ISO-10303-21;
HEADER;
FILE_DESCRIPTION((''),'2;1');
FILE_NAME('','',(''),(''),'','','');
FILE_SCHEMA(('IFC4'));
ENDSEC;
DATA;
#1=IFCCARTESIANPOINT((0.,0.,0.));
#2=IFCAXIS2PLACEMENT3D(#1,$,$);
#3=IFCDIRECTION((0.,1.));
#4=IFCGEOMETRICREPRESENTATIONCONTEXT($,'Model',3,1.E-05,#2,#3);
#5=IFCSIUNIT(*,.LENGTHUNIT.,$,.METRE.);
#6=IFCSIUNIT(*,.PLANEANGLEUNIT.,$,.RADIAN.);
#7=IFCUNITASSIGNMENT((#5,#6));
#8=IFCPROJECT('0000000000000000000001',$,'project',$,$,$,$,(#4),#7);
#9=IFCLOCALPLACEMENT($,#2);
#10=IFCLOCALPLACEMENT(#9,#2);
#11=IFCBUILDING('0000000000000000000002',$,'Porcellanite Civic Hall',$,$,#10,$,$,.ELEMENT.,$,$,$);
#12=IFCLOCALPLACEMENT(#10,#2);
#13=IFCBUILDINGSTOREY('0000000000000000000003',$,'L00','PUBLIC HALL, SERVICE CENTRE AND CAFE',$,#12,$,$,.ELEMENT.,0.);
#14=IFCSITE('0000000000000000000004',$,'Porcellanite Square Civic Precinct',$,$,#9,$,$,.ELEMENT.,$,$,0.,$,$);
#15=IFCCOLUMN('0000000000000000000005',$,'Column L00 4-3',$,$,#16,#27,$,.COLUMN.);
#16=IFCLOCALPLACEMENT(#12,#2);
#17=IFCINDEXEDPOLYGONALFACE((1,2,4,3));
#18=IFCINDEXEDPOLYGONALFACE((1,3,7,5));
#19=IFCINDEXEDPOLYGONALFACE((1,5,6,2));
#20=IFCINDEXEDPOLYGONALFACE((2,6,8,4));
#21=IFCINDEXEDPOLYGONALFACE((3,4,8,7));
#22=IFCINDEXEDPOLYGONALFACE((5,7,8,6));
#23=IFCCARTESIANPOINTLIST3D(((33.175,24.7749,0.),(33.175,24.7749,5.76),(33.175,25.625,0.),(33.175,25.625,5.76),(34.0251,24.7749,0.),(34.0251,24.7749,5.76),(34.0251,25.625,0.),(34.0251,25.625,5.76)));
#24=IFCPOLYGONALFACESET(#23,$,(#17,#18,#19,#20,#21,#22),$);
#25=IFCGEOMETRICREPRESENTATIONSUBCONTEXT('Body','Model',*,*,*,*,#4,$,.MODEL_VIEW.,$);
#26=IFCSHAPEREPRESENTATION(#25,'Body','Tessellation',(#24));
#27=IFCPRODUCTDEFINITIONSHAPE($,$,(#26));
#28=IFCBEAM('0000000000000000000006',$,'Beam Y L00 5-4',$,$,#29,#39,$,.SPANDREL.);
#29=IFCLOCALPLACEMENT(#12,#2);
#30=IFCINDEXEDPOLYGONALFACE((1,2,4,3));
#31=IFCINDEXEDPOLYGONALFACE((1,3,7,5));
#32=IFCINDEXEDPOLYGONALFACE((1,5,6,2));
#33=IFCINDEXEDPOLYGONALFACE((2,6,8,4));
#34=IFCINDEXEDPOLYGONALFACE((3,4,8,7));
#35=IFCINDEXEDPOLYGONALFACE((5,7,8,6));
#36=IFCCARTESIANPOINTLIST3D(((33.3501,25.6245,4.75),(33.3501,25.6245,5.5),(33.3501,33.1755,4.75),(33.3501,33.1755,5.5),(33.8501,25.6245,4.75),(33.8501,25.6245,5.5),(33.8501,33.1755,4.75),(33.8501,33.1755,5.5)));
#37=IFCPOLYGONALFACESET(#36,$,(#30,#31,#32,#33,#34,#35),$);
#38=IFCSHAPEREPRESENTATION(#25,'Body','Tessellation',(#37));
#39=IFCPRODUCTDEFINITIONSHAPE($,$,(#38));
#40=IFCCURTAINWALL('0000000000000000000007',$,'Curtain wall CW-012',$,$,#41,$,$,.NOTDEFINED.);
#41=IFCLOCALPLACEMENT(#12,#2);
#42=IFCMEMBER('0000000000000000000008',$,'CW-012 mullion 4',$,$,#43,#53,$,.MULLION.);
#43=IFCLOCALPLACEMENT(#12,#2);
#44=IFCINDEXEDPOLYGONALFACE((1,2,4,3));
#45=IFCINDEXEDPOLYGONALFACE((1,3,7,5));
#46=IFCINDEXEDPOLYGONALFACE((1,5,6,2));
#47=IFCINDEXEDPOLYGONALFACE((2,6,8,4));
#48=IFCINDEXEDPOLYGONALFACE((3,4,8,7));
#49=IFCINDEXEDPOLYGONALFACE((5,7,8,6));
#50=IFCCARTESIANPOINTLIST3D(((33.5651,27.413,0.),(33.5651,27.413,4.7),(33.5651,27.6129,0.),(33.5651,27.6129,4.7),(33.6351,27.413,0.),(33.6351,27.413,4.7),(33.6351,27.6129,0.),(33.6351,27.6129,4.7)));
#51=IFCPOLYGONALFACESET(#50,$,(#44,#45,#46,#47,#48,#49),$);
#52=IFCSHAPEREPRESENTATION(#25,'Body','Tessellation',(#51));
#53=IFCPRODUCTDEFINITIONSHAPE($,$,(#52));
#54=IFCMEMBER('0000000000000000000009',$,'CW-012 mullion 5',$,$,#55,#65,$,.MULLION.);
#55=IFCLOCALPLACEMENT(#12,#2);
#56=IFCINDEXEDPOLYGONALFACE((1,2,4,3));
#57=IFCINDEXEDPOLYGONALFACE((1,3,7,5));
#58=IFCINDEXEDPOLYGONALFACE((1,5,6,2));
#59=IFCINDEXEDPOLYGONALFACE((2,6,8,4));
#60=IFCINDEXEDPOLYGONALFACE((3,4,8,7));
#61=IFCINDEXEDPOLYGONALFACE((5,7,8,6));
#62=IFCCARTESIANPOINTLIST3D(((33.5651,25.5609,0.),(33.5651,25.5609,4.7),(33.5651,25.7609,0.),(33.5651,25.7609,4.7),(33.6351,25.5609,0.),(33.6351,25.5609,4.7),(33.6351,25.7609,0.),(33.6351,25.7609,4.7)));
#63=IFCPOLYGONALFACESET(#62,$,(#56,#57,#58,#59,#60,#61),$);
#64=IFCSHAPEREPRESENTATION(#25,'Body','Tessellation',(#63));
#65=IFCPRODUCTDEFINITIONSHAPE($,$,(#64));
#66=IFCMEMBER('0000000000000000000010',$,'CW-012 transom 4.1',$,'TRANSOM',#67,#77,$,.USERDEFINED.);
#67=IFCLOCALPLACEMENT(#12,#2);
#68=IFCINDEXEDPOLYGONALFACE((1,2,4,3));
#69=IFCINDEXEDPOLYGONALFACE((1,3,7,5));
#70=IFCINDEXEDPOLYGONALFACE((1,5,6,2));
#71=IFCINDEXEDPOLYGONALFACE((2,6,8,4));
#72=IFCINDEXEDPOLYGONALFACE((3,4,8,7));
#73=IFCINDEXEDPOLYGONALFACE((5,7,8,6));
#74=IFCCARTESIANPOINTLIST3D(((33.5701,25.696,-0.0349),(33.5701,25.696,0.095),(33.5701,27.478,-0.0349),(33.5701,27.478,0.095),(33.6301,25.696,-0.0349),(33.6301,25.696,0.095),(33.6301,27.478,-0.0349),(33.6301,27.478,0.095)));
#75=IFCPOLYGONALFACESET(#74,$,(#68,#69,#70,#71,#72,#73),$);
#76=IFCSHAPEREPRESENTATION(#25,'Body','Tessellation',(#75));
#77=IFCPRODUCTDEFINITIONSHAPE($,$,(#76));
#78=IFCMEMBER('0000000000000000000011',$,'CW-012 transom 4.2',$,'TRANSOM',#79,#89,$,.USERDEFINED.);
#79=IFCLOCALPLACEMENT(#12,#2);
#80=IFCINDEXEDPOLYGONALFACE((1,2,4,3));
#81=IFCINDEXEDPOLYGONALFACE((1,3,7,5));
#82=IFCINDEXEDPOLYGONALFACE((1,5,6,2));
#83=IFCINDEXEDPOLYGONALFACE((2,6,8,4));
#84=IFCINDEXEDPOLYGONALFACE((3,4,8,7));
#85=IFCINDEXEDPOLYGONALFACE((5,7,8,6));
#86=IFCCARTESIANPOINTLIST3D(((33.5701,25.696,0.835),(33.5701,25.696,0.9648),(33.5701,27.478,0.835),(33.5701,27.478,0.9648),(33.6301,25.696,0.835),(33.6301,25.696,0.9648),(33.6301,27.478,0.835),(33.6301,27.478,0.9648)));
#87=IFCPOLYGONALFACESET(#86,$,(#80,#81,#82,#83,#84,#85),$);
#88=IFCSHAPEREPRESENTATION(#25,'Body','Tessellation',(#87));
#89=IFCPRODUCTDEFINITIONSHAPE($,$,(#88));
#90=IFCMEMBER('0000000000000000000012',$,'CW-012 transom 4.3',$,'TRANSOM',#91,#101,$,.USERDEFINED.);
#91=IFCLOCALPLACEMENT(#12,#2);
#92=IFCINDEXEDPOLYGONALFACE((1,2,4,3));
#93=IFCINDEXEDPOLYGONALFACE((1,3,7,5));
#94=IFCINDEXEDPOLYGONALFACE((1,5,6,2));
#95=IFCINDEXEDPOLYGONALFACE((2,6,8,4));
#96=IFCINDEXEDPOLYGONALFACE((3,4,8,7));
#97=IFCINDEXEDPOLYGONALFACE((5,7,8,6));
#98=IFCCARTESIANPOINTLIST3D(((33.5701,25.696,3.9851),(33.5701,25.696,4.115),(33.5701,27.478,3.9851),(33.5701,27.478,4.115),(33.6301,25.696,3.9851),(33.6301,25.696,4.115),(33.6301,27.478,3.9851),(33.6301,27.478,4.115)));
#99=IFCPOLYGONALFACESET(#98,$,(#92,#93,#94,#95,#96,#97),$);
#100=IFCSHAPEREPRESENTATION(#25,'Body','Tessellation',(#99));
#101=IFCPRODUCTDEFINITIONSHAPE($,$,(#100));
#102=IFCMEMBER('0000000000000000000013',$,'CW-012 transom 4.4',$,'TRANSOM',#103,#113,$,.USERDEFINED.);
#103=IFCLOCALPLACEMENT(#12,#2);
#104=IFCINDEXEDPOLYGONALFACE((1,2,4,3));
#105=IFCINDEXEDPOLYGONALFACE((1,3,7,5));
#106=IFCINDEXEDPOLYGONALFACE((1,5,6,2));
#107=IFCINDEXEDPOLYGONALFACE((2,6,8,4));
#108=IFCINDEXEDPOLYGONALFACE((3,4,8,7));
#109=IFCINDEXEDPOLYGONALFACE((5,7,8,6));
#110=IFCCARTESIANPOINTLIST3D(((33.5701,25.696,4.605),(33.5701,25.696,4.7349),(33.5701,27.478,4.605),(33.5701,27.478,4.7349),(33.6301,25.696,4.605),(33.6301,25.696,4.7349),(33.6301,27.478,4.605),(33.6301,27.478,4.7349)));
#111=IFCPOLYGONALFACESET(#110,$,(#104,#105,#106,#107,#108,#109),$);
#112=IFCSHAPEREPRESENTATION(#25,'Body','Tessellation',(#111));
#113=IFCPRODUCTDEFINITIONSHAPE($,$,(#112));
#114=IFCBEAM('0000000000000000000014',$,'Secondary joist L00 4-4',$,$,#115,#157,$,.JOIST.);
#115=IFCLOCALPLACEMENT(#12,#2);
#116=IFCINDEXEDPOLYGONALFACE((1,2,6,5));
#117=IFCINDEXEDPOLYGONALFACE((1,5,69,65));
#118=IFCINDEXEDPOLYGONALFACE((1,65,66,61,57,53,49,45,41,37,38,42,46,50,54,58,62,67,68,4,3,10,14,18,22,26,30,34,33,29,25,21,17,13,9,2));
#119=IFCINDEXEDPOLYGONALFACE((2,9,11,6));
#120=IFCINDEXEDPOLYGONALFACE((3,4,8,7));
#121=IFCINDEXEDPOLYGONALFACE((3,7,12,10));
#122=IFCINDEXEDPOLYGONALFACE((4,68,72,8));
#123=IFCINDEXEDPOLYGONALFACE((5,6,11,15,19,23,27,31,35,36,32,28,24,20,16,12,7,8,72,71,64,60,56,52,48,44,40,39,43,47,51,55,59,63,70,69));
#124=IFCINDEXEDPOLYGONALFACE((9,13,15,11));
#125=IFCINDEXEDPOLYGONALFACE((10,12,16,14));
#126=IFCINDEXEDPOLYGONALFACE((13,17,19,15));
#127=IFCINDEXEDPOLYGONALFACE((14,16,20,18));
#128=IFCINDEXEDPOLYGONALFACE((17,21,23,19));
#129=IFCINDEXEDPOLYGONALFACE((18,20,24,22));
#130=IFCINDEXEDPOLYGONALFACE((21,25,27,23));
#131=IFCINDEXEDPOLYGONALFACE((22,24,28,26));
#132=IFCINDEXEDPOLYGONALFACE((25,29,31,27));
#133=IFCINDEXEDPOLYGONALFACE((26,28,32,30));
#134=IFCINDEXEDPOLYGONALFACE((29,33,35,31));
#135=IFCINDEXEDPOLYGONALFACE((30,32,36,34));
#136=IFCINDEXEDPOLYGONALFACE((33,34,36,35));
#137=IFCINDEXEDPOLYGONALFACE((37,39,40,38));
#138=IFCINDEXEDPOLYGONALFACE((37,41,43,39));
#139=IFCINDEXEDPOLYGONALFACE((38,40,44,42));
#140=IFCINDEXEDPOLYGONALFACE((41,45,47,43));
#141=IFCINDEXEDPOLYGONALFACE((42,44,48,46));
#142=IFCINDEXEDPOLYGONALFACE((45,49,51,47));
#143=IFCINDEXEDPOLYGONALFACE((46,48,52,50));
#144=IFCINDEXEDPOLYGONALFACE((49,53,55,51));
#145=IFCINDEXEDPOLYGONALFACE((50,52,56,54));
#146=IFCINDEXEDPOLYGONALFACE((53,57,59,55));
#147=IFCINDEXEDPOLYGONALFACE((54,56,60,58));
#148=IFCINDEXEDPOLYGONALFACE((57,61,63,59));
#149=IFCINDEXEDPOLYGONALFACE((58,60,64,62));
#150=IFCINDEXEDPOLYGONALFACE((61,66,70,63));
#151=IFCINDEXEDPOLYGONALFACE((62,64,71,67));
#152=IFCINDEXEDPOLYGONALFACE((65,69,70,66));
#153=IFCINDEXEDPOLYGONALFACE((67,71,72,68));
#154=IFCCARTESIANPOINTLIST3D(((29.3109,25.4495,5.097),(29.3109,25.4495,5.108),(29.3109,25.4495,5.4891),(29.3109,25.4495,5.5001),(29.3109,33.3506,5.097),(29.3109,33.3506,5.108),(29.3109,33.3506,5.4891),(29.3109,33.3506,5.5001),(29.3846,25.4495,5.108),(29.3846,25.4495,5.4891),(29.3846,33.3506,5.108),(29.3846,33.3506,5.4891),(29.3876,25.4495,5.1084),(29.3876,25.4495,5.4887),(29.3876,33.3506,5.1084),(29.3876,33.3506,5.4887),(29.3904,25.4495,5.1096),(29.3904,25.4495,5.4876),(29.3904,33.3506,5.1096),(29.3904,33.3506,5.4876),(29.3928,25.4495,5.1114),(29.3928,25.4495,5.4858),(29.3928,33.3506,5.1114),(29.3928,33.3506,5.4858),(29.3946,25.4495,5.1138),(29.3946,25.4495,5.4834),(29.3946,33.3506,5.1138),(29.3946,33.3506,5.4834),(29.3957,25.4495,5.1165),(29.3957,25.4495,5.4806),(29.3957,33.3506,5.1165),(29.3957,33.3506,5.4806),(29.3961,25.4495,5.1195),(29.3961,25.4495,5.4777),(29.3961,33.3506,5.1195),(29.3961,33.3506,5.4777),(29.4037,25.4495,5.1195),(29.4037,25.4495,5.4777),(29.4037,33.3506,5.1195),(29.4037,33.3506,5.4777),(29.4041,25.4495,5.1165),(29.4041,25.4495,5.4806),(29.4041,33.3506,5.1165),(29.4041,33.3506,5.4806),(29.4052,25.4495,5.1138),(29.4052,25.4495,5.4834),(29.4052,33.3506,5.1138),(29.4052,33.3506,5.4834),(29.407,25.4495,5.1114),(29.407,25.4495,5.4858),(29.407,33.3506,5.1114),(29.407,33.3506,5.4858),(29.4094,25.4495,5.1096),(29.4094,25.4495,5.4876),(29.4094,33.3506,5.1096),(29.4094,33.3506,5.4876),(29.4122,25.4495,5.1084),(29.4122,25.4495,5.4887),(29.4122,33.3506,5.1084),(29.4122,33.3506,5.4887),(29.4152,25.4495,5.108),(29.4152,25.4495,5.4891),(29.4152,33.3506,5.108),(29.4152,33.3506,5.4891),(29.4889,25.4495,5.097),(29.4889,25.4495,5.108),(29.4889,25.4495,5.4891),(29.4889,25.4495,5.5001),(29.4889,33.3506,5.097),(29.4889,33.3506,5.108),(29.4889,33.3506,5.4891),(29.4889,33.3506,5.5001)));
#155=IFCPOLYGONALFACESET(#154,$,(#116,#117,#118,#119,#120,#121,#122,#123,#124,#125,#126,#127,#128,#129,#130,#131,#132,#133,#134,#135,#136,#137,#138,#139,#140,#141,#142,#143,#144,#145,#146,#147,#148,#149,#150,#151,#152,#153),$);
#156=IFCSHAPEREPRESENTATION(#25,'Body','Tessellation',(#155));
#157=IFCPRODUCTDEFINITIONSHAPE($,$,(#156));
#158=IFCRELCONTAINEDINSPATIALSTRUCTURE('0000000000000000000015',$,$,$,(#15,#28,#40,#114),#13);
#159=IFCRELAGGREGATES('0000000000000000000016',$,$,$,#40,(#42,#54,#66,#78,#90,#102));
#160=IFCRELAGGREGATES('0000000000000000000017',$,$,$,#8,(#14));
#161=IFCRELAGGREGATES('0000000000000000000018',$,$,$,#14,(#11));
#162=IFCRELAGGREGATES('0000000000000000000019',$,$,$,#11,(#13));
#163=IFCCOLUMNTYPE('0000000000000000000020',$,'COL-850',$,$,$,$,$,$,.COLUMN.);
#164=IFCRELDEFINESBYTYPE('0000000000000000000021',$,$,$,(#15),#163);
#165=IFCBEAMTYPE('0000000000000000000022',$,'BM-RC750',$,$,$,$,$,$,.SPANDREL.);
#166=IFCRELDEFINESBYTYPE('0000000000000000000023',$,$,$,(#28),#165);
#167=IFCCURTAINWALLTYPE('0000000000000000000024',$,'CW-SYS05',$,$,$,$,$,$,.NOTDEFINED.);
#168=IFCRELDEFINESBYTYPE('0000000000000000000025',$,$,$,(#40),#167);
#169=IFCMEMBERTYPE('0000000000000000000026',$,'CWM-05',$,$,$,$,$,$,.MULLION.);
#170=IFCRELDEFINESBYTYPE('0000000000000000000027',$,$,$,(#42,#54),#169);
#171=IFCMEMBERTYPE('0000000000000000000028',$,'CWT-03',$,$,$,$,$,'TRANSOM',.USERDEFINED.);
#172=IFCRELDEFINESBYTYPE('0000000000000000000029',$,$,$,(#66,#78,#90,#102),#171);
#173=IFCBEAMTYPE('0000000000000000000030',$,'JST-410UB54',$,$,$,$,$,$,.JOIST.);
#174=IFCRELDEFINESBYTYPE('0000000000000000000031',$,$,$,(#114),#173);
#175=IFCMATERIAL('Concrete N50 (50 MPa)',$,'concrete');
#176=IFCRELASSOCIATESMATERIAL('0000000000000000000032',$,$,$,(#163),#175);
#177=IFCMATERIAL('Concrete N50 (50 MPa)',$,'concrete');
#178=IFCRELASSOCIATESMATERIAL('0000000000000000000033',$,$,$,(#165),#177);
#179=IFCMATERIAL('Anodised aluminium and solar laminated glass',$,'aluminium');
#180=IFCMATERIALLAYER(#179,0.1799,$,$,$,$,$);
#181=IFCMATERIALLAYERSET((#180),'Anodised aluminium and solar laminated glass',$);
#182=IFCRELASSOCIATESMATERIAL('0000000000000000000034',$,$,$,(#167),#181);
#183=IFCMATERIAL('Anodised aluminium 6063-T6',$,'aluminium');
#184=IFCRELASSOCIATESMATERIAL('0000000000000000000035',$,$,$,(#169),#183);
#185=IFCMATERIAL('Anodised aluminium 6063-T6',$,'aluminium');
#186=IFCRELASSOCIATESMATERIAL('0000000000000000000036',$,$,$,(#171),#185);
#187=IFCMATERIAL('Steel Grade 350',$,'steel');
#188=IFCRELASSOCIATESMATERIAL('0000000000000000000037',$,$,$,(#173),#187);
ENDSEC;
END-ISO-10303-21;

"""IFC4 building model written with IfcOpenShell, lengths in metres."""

from ifc_helpers import new_model, si_unit, direction, frame, origin, origin_2d, place, context, subcontext, project, spatial, rectangle, i_section, extrude, material, layer, layer_set, material_profile, profile_set, type_object, element, aggregate, save


model = new_model("IFC4")

# Units and contexts
model_context = context("Model", 3, precision=1e-05, world=origin(), true_north=direction((0.0, 1.0)))
body_context = subcontext(model_context, "Body", "Model", "MODEL_VIEW")
ifc_project = project(units=[si_unit("LENGTHUNIT", "METRE"), si_unit("PLANEANGLEUNIT", "RADIAN")], contexts=[model_context])

# Site, building, storey
site_placement = place(None, origin())
site = spatial("IfcSite", under=ifc_project, at=site_placement, Name="Porcellanite Square Civic Precinct", CompositionType="ELEMENT", RefElevation=0.0)
building_placement = place(site_placement, origin())
building = spatial("IfcBuilding", under=site, at=building_placement, Name="Porcellanite Civic Hall", CompositionType="ELEMENT")
storey_placement = place(building_placement, origin())
storey = spatial("IfcBuildingStorey", under=building, at=storey_placement, Name="L00", Description="PUBLIC HALL, SERVICE CENTRE AND CAFE", CompositionType="ELEMENT", Elevation=0.0)

# Column
ifc_material_1 = material(Name="Concrete N50 (50 MPa)", Category="concrete")
ifc_material_profile_1 = material_profile(ifc_material_1, rectangle(XDim=0.8501, YDim=0.8501, at=origin_2d()), Name="RC-850x850")
ifc_profile_set_1 = profile_set([ifc_material_profile_1], Name="Concrete N50 (50 MPa)")
column_type = type_object("IfcColumnType", Name="COL-850", PredefinedType="COLUMN", material=ifc_profile_set_1)
column_placement = place(storey_placement, frame((33.6001, 25.2, 0.0), z_axis=(0.0, 0.0, 1.0), x_axis=(1.0, 0.0, 0.0)))
element("IfcColumn", 1, at=column_placement, inside=storey, type_object=column_type, Name="Column L00 4-3", PredefinedType="COLUMN", context=body_context, shape_type="SweptSolid", body=[
    extrude(rectangle(XDim=0.8501, YDim=0.8501, at=origin_2d()), origin(), (0.0, 0.0, 1.0), 5.76),
])

# Beam
ifc_material_2 = material(Name="Concrete N50 (50 MPa)", Category="concrete")
ifc_material_profile_2 = material_profile(ifc_material_2, rectangle(XDim=0.5, YDim=0.75, at=origin_2d()), Name="RC-500x750")
ifc_profile_set_2 = profile_set([ifc_material_profile_2], Name="Concrete N50 (50 MPa)")
beam_type_1 = type_object("IfcBeamType", Name="BM-RC750", PredefinedType="SPANDREL", material=ifc_profile_set_2)
beam_1_placement = place(storey_placement, frame((33.6001, 25.6245, 5.125), z_axis=(0.0, 1.0, 0.0), x_axis=(-1.0, 0.0, 0.0)))
element("IfcBeam", 2, at=beam_1_placement, inside=storey, type_object=beam_type_1, Name="Beam Y L00 5-4", PredefinedType="SPANDREL", context=body_context, shape_type="SweptSolid", body=[
    extrude(rectangle(XDim=0.5, YDim=0.75, at=origin_2d()), origin(), (0.0, 0.0, 1.0), 7.551),
])

# Curtain wall, members
ifc_material_3 = material(Name="Anodised aluminium and solar laminated glass", Category="aluminium")
ifc_layer_1 = layer(ifc_material_3, 0.1799)
ifc_layer_set_1 = layer_set([ifc_layer_1], Name="Anodised aluminium and solar laminated glass")
curtain_wall_type = type_object("IfcCurtainWallType", Name="CW-SYS05", PredefinedType="NOTDEFINED", material=ifc_layer_set_1)
curtain_wall_placement = place(storey_placement, origin())
curtain_wall = element("IfcCurtainWall", 3, at=curtain_wall_placement, inside=storey, type_object=curtain_wall_type, Name="Curtain wall CW-012", PredefinedType="NOTDEFINED")
ifc_material_4 = material(Name="Anodised aluminium 6063-T6", Category="aluminium")
ifc_material_profile_3 = material_profile(ifc_material_4, rectangle(XDim=0.0701, YDim=0.2, at=origin_2d()), Name="AL-70x200")
ifc_profile_set_3 = profile_set([ifc_material_profile_3], Name="Anodised aluminium 6063-T6")
member_type_1 = type_object("IfcMemberType", Name="CWM-05", PredefinedType="MULLION", material=ifc_profile_set_3)
member_1_placement = place(storey_placement, frame((33.6001, 27.5129, 0.0), z_axis=(0.0, 0.0, 1.0), x_axis=(1.0, 0.0, 0.0)))
member_1 = element("IfcMember", 4, at=member_1_placement, type_object=member_type_1, Name="CW-012 mullion 4", PredefinedType="MULLION", context=body_context, shape_type="SweptSolid", body=[
    extrude(rectangle(XDim=0.0701, YDim=0.2, at=origin_2d()), origin(), (0.0, 0.0, 1.0), 4.7),
])
member_2_placement = place(storey_placement, frame((33.6001, 25.6609, 0.0), z_axis=(0.0, 0.0, 1.0), x_axis=(1.0, 0.0, 0.0)))
member_2 = element("IfcMember", 5, at=member_2_placement, type_object=member_type_1, Name="CW-012 mullion 5", PredefinedType="MULLION", context=body_context, shape_type="SweptSolid", body=[
    extrude(rectangle(XDim=0.0701, YDim=0.2, at=origin_2d()), origin(), (0.0, 0.0, 1.0), 4.7),
])
ifc_material_5 = material(Name="Anodised aluminium 6063-T6", Category="aluminium")
ifc_material_profile_4 = material_profile(ifc_material_5, rectangle(XDim=0.0601, YDim=0.1299, at=origin_2d()), Name="AL-60x130")
ifc_profile_set_4 = profile_set([ifc_material_profile_4], Name="Anodised aluminium 6063-T6")
member_type_2 = type_object("IfcMemberType", Name="CWT-03", ElementType="TRANSOM", PredefinedType="USERDEFINED", material=ifc_profile_set_4)
member_3_placement = place(storey_placement, frame((33.6001, 27.478, 0.03), z_axis=(0.0, -1.0, 0.0), x_axis=(1.0, 0.0, 0.0)))
member_3 = element("IfcMember", 6, at=member_3_placement, type_object=member_type_2, Name="CW-012 transom 4.1", ObjectType="TRANSOM", PredefinedType="USERDEFINED", context=body_context, shape_type="SweptSolid", body=[
    extrude(rectangle(XDim=0.0601, YDim=0.1299, at=origin_2d()), origin(), (0.0, 0.0, 1.0), 1.782),
])
member_4_placement = place(storey_placement, frame((33.6001, 27.478, 0.8999), z_axis=(0.0, -1.0, 0.0), x_axis=(1.0, 0.0, 0.0)))
member_4 = element("IfcMember", 7, at=member_4_placement, type_object=member_type_2, Name="CW-012 transom 4.2", ObjectType="TRANSOM", PredefinedType="USERDEFINED", context=body_context, shape_type="SweptSolid", body=[
    extrude(rectangle(XDim=0.0601, YDim=0.1299, at=origin_2d()), origin(), (0.0, 0.0, 1.0), 1.782),
])
member_5_placement = place(storey_placement, frame((33.6001, 27.478, 4.05), z_axis=(0.0, -1.0, 0.0), x_axis=(1.0, 0.0, 0.0)))
member_5 = element("IfcMember", 8, at=member_5_placement, type_object=member_type_2, Name="CW-012 transom 4.3", ObjectType="TRANSOM", PredefinedType="USERDEFINED", context=body_context, shape_type="SweptSolid", body=[
    extrude(rectangle(XDim=0.0601, YDim=0.1299, at=origin_2d()), origin(), (0.0, 0.0, 1.0), 1.782),
])
member_6_placement = place(storey_placement, frame((33.6001, 27.478, 4.6699), z_axis=(0.0, -1.0, 0.0), x_axis=(1.0, 0.0, 0.0)))
member_6 = element("IfcMember", 9, at=member_6_placement, type_object=member_type_2, Name="CW-012 transom 4.4", ObjectType="TRANSOM", PredefinedType="USERDEFINED", context=body_context, shape_type="SweptSolid", body=[
    extrude(rectangle(XDim=0.0601, YDim=0.1299, at=origin_2d()), origin(), (0.0, 0.0, 1.0), 1.782),
])

# Beam
ifc_material_6 = material(Name="Steel Grade 350", Category="steel")
ifc_material_profile_5 = material_profile(ifc_material_6, i_section(OverallWidth=0.178, OverallDepth=0.4031, WebThickness=0.0076, FlangeThickness=0.011, FilletRadius=0.0115, at=origin_2d()), Name="410UB53.7")
ifc_profile_set_5 = profile_set([ifc_material_profile_5], Name="Steel Grade 350")
beam_type_2 = type_object("IfcBeamType", Name="JST-410UB54", PredefinedType="JOIST", material=ifc_profile_set_5)
beam_2_placement = place(storey_placement, frame((29.3999, 25.4495, 5.2986), z_axis=(0.0, 1.0, 0.0), x_axis=(-1.0, 0.0, 0.0)))
element("IfcBeam", 10, at=beam_2_placement, inside=storey, type_object=beam_type_2, Name="Secondary joist L00 4-4", PredefinedType="JOIST", context=body_context, shape_type="SweptSolid", body=[
    extrude(i_section(OverallWidth=0.178, OverallDepth=0.4031, WebThickness=0.0076, FlangeThickness=0.011, FilletRadius=0.0115, at=origin_2d()), origin(), (0.0, 0.0, 1.0), 7.9011),
])

aggregate(curtain_wall, [member_1, member_2, member_3, member_4, member_5, member_6])

save(model, "model.ifc")
